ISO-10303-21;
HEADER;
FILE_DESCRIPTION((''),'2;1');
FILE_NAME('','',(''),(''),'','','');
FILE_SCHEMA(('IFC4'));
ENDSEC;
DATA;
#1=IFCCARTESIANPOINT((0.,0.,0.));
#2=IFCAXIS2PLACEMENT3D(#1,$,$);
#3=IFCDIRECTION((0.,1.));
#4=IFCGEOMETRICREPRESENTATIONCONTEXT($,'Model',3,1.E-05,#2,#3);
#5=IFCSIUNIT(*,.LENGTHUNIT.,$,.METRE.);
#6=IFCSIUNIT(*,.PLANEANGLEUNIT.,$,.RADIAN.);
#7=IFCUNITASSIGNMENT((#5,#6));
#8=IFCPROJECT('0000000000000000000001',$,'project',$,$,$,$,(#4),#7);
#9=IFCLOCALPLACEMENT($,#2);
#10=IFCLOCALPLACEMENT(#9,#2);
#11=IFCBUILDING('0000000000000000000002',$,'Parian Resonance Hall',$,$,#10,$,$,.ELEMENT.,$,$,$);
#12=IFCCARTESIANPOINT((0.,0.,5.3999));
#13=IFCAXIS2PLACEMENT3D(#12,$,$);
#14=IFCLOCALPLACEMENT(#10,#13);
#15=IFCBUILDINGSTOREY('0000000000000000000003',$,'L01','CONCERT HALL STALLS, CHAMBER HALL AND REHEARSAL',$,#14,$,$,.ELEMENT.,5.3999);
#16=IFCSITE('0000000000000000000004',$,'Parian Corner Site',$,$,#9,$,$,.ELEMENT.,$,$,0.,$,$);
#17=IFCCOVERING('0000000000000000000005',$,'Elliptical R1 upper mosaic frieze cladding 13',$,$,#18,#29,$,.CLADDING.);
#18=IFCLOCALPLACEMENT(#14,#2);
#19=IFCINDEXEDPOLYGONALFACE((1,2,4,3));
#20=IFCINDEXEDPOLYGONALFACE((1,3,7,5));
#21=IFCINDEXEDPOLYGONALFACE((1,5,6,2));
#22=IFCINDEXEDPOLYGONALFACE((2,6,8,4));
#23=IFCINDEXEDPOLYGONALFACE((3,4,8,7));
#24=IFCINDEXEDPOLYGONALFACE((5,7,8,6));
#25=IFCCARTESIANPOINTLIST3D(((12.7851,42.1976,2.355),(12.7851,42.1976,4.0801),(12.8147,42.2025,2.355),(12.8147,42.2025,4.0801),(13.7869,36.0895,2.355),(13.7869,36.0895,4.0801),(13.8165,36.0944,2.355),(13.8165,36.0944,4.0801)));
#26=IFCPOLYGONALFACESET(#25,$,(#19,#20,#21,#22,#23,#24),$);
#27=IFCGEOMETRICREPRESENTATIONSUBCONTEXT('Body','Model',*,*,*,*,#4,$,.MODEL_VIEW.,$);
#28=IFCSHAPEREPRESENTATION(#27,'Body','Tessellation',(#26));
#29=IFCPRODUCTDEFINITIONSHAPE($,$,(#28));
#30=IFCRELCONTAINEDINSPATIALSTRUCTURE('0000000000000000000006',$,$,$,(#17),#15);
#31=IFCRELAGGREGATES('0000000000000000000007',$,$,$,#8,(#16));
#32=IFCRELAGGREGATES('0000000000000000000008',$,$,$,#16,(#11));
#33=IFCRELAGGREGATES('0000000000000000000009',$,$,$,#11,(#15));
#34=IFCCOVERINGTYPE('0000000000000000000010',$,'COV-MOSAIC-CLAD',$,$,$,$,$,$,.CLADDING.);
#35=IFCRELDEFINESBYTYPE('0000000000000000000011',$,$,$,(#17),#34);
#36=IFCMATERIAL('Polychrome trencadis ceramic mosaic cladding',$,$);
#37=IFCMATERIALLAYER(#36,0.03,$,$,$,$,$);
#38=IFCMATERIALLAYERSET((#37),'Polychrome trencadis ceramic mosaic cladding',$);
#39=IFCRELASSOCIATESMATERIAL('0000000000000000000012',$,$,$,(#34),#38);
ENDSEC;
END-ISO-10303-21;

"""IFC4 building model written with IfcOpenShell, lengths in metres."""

from ifc_helpers import new_model, si_unit, direction, frame, origin, origin_2d, place, context, subcontext, project, spatial, rectangle, extrude, material, layer, layer_set, type_object, element, save


model = new_model("IFC4")

# Units and contexts
model_context = context("Model", 3, precision=1e-05, world=origin(), true_north=direction((0.0, 1.0)))
body_context = subcontext(model_context, "Body", "Model", "MODEL_VIEW")
ifc_project = project(units=[si_unit("LENGTHUNIT", "METRE"), si_unit("PLANEANGLEUNIT", "RADIAN")], contexts=[model_context])

# Site, building, storey
site_placement = place(None, origin())
site = spatial("IfcSite", under=ifc_project, at=site_placement, Name="Parian Corner Site", CompositionType="ELEMENT", RefElevation=0.0)
building_placement = place(site_placement, origin())
building = spatial("IfcBuilding", under=site, at=building_placement, Name="Parian Resonance Hall", CompositionType="ELEMENT")
storey_placement = place(building_placement, frame((0.0, 0.0, 5.3999)))
storey = spatial("IfcBuildingStorey", under=building, at=storey_placement, Name="L01", Description="CONCERT HALL STALLS, CHAMBER HALL AND REHEARSAL", CompositionType="ELEMENT", Elevation=5.3999)

# Covering
ifc_material_1 = material(Name="Polychrome trencadis ceramic mosaic cladding")
ifc_layer_1 = layer(ifc_material_1, 0.03)
ifc_layer_set_1 = layer_set([ifc_layer_1], Name="Polychrome trencadis ceramic mosaic cladding")
covering_type = type_object("IfcCoveringType", Name="COV-MOSAIC-CLAD", PredefinedType="CLADDING", material=ifc_layer_set_1)
for number, where, z_axis, x_axis, name in (
    (1, (13.3008, 39.146, 2.355), (0.0, 0.0, 1.0), (-0.16185, 0.986815, 0.0), "Elliptical R1 upper mosaic frieze cladding 13"),
):
    element("IfcCovering", number, at=place(storey_placement, frame(where, z_axis=z_axis, x_axis=x_axis)), inside=storey, type_object=covering_type, Name=name, PredefinedType="CLADDING", context=body_context, shape_type="SweptSolid", body=[
        extrude(rectangle(XDim=6.1897, YDim=0.03, at=origin_2d()), origin(), (0.0, 0.0, 1.0), 1.7251),
    ])

save(model, "model.ifc")
